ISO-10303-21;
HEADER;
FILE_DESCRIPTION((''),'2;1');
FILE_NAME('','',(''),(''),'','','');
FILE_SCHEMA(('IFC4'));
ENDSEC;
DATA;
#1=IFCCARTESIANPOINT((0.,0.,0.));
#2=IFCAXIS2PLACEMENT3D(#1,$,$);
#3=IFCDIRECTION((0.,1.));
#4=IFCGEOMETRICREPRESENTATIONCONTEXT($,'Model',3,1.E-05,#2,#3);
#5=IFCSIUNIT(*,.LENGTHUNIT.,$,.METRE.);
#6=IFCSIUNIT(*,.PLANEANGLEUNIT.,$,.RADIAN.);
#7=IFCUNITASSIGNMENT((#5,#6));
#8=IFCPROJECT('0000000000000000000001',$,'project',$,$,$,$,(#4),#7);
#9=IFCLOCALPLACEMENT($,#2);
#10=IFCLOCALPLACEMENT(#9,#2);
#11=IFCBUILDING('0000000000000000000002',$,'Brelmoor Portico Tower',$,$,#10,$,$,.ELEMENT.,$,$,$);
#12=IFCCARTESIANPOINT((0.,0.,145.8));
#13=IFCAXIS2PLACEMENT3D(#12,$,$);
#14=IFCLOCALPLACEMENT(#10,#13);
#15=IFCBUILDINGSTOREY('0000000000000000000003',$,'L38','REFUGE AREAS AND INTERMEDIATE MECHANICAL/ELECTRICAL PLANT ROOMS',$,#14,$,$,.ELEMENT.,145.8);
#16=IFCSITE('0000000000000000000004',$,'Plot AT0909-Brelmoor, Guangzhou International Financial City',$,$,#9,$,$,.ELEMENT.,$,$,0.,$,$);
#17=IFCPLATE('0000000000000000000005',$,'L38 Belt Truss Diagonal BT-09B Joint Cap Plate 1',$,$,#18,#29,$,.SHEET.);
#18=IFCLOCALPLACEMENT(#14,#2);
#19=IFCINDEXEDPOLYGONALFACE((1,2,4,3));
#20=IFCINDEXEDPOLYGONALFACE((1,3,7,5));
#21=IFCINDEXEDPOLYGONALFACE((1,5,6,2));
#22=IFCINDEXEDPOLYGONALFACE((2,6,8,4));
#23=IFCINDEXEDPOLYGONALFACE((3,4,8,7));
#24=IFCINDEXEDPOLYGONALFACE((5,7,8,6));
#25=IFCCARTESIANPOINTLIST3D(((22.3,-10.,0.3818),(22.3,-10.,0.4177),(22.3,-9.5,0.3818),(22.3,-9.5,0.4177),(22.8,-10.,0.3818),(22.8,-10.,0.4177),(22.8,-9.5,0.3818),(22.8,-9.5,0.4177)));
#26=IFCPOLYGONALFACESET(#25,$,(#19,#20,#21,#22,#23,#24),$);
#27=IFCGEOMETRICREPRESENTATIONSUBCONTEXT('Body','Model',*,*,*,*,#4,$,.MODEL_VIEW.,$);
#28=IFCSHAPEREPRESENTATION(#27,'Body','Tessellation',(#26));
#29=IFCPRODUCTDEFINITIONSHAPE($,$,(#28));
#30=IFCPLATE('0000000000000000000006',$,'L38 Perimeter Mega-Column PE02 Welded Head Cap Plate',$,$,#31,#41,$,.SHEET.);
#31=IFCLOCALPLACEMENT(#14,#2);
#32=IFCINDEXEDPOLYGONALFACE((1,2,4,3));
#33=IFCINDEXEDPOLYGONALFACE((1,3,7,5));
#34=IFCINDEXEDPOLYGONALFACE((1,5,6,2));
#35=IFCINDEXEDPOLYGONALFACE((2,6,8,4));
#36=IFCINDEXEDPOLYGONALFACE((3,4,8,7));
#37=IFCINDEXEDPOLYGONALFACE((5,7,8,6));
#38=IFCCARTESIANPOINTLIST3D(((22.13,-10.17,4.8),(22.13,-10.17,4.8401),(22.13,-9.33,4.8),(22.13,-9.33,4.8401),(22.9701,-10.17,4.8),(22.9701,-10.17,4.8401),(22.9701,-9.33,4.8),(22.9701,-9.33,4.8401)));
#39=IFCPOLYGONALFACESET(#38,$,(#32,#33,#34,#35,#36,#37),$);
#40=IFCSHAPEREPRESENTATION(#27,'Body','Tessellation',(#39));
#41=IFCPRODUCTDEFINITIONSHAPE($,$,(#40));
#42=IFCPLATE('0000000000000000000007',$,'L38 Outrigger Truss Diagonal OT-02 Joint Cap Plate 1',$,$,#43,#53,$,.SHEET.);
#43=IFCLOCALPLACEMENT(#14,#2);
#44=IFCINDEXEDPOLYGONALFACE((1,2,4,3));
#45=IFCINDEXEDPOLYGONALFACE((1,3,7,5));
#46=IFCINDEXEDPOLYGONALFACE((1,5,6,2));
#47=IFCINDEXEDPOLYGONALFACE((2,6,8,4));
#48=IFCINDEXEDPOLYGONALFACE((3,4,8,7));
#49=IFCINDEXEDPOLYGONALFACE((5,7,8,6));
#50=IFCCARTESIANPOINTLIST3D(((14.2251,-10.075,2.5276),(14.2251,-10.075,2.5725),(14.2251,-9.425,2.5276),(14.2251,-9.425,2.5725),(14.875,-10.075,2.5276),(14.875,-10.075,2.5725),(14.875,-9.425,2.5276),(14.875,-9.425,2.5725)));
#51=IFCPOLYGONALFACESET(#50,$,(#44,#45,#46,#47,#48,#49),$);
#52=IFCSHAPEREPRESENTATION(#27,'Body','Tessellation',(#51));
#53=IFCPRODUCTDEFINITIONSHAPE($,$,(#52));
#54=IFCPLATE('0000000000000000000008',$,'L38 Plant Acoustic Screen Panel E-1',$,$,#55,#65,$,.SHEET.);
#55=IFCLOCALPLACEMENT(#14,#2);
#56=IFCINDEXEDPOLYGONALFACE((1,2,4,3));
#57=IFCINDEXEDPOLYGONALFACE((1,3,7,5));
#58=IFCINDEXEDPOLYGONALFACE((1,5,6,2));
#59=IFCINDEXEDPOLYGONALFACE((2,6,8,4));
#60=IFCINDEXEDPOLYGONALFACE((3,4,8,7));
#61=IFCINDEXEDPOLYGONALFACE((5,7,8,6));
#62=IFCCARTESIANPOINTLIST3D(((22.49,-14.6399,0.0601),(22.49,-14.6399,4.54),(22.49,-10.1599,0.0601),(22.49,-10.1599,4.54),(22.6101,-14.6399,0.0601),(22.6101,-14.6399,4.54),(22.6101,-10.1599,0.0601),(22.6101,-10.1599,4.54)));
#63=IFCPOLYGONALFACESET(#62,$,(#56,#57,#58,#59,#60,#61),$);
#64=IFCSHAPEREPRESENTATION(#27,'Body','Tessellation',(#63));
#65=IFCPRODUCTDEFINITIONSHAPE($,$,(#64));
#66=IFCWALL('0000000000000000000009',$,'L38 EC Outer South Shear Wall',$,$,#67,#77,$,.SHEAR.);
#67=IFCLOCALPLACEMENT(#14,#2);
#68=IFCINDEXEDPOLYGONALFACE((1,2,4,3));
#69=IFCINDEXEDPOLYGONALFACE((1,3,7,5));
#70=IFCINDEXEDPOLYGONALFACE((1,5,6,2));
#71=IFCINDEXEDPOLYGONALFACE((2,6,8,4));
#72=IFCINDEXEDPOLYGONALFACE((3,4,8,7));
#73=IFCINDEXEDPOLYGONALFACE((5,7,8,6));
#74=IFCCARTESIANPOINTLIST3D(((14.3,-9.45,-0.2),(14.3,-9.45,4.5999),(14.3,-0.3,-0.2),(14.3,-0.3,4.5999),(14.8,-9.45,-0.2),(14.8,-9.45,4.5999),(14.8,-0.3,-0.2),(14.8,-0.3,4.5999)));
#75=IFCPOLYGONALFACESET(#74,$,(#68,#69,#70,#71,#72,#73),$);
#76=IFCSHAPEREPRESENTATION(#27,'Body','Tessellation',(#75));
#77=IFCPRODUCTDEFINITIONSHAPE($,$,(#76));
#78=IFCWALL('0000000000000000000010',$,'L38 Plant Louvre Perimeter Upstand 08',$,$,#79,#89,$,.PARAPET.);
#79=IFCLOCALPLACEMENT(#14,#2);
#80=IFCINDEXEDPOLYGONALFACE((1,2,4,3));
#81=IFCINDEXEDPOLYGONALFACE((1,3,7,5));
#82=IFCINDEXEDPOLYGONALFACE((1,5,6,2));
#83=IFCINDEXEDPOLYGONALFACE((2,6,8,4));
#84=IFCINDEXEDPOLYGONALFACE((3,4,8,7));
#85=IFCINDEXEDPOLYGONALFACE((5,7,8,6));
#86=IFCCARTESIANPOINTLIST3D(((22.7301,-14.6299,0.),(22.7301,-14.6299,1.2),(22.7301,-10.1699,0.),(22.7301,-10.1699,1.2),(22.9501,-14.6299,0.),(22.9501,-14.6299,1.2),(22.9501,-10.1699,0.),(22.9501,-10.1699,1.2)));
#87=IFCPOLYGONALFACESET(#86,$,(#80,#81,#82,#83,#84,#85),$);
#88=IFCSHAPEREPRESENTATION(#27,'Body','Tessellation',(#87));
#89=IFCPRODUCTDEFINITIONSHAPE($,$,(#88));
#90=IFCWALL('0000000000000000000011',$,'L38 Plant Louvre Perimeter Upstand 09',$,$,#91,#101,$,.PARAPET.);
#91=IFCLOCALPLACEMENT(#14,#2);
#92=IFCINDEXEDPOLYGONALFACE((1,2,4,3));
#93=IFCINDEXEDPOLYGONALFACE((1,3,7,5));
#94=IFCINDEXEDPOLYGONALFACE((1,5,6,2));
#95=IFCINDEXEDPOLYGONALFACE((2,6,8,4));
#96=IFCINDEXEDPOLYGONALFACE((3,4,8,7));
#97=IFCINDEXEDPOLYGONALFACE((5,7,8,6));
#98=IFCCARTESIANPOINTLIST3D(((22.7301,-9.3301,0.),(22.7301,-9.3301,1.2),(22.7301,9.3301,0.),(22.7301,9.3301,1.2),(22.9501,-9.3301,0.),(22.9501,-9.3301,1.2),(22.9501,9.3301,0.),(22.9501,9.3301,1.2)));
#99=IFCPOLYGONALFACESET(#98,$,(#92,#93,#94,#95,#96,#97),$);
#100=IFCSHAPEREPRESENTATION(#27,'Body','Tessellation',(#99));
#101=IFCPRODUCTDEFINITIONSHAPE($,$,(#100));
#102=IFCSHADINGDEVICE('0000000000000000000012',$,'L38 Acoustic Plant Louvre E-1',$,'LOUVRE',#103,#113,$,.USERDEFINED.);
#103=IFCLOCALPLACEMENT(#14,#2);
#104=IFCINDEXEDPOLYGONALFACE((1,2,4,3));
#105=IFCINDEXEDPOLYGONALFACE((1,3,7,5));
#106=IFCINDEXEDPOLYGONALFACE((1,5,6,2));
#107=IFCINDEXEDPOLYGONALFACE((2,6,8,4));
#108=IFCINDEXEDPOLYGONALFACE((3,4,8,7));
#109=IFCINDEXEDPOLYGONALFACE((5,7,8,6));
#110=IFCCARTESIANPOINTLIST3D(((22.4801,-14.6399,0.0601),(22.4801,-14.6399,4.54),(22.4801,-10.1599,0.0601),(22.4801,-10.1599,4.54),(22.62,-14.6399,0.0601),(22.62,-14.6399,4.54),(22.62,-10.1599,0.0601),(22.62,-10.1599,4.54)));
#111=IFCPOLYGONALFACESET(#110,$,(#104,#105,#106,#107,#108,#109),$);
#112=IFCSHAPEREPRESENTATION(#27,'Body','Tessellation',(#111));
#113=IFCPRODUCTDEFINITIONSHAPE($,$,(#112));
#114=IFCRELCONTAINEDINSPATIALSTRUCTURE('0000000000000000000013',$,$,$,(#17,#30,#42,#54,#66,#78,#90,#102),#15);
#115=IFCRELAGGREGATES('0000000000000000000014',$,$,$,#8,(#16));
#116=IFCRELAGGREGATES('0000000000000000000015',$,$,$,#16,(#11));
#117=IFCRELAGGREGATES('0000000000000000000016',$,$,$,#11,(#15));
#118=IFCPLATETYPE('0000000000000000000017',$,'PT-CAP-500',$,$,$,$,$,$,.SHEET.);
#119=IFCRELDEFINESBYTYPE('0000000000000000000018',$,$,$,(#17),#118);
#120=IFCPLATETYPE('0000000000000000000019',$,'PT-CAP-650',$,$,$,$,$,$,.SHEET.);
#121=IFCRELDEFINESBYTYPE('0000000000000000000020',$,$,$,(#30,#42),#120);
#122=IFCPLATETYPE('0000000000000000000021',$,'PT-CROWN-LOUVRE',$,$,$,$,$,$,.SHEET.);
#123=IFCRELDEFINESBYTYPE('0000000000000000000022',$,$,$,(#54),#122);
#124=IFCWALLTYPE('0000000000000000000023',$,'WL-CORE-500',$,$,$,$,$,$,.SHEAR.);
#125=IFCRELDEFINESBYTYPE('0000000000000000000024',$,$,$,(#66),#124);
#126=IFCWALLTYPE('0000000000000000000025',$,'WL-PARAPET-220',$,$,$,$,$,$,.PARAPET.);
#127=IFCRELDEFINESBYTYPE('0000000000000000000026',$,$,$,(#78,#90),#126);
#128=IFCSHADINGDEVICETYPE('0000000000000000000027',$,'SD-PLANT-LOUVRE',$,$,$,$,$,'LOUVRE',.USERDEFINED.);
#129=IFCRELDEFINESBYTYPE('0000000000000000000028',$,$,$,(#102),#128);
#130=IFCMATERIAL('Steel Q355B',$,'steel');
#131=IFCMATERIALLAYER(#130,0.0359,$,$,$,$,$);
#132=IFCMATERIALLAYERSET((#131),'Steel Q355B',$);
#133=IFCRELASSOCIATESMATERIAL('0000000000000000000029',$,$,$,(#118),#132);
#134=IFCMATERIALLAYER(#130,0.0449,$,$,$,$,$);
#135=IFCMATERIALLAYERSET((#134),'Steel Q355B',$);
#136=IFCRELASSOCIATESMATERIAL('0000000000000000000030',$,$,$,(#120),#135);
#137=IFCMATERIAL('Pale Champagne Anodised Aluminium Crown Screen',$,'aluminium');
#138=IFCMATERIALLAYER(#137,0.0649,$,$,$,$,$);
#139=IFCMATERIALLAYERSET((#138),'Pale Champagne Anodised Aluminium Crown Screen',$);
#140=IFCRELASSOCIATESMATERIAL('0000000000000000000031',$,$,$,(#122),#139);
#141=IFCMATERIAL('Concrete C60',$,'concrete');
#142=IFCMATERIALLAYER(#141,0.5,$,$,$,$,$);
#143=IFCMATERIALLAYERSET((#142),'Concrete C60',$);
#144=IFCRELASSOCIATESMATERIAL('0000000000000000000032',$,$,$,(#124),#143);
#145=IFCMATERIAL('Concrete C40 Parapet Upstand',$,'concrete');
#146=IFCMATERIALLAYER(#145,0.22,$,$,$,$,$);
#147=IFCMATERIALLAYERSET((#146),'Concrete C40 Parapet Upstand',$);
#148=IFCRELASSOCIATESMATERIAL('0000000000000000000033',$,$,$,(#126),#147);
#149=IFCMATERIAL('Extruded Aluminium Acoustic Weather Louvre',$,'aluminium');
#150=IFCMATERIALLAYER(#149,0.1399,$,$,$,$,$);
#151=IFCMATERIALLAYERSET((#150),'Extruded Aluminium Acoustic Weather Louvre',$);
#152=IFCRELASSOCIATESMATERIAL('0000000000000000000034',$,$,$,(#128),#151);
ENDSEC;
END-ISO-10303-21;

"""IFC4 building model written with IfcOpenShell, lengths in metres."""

from ifc_helpers import new_model, si_unit, direction, frame, frame_2d, origin, origin_2d, place, context, subcontext, project, spatial, rectangle, extrude, material, layer, layer_set, type_object, element, save


model = new_model("IFC4")

# Units and contexts
model_context = context("Model", 3, precision=1e-05, world=origin(), true_north=direction((0.0, 1.0)))
body_context = subcontext(model_context, "Body", "Model", "MODEL_VIEW")
ifc_project = project(units=[si_unit("LENGTHUNIT", "METRE"), si_unit("PLANEANGLEUNIT", "RADIAN")], contexts=[model_context])

# Site, building, storey
site_placement = place(None, origin())
site = spatial("IfcSite", under=ifc_project, at=site_placement, Name="Plot AT0909-Brelmoor, Guangzhou International Financial City", CompositionType="ELEMENT", RefElevation=0.0)
building_placement = place(site_placement, origin())
building = spatial("IfcBuilding", under=site, at=building_placement, Name="Brelmoor Portico Tower", CompositionType="ELEMENT")
storey_placement = place(building_placement, frame((0.0, 0.0, 145.8)))
storey = spatial("IfcBuildingStorey", under=building, at=storey_placement, Name="L38", Description="REFUGE AREAS AND INTERMEDIATE MECHANICAL/ELECTRICAL PLANT ROOMS", CompositionType="ELEMENT", Elevation=145.8)

# Shared definitions
ifc_material_1 = material(Name="Steel Q355B", Category="steel")

# Plates
ifc_layer_1 = layer(ifc_material_1, 0.0359)
ifc_layer_set_1 = layer_set([ifc_layer_1], Name="Steel Q355B")
plate_type_1 = type_object("IfcPlateType", Name="PT-CAP-500", PredefinedType="SHEET", material=ifc_layer_set_1)
for number, where, z_axis, x_axis, name in (
    (1, (22.55, -9.75, 0.3818), (0.0, 0.0, 1.0), (1.0, 0.0, 0.0), "L38 Belt Truss Diagonal BT-09B Joint Cap Plate 1"),
):
    element("IfcPlate", number, at=place(storey_placement, frame(where, z_axis=z_axis, x_axis=x_axis)), inside=storey, type_object=plate_type_1, Name=name, PredefinedType="SHEET", context=body_context, shape_type="SweptSolid", body=[
        extrude(rectangle(XDim=0.5, YDim=0.5, at=origin_2d()), origin(), (0.0, 0.0, 1.0), 0.0359),
    ])
ifc_layer_2 = layer(ifc_material_1, 0.0449)
ifc_layer_set_2 = layer_set([ifc_layer_2], Name="Steel Q355B")
plate_type_2 = type_object("IfcPlateType", Name="PT-CAP-650", PredefinedType="SHEET", material=ifc_layer_set_2)
plate_1_placement = place(storey_placement, frame((22.55, -9.75, 4.8), z_axis=(0.0, 0.0, 1.0), x_axis=(0.0, 1.0, 0.0)))
element("IfcPlate", 2, at=plate_1_placement, inside=storey, type_object=plate_type_2, Name="L38 Perimeter Mega-Column PE02 Welded Head Cap Plate", PredefinedType="SHEET", context=body_context, shape_type="SweptSolid", body=[
    extrude(rectangle(XDim=0.8401, YDim=0.8401, at=origin_2d()), origin(), (0.0, 0.0, 1.0), 0.04),
])
plate_2_placement = place(storey_placement, frame((14.55, -9.75, 2.5276), z_axis=(0.0, 0.0, 1.0), x_axis=(1.0, 0.0, 0.0)))
element("IfcPlate", 3, at=plate_2_placement, inside=storey, type_object=plate_type_2, Name="L38 Outrigger Truss Diagonal OT-02 Joint Cap Plate 1", PredefinedType="SHEET", context=body_context, shape_type="SweptSolid", body=[
    extrude(rectangle(XDim=0.6499, YDim=0.6499, at=origin_2d()), origin(), (0.0, 0.0, 1.0), 0.0449),
])
ifc_material_2 = material(Name="Pale Champagne Anodised Aluminium Crown Screen", Category="aluminium")
ifc_layer_3 = layer(ifc_material_2, 0.0649)
ifc_layer_set_3 = layer_set([ifc_layer_3], Name="Pale Champagne Anodised Aluminium Crown Screen")
plate_type_3 = type_object("IfcPlateType", Name="PT-CROWN-LOUVRE", PredefinedType="SHEET", material=ifc_layer_set_3)
plate_3_placement = place(storey_placement, frame((22.55, -12.3999, 0.0601), z_axis=(0.0, 0.0, 1.0), x_axis=(0.0, 1.0, 0.0)))
element("IfcPlate", 4, at=plate_3_placement, inside=storey, type_object=plate_type_3, Name="L38 Plant Acoustic Screen Panel E-1", PredefinedType="SHEET", context=body_context, shape_type="SweptSolid", body=[
    extrude(rectangle(XDim=4.48, YDim=0.1201, at=origin_2d()), origin(), (0.0, 0.0, 1.0), 4.48),
])

# Walls
ifc_material_3 = material(Name="Concrete C60", Category="concrete")
ifc_layer_4 = layer(ifc_material_3, 0.5)
ifc_layer_set_4 = layer_set([ifc_layer_4], Name="Concrete C60")
wall_type_1 = type_object("IfcWallType", Name="WL-CORE-500", PredefinedType="SHEAR", material=ifc_layer_set_4)
wall_1_placement = place(storey_placement, frame((14.55, -9.45, -0.2), z_axis=(0.0, 0.0, 1.0), x_axis=(0.0, 1.0, 0.0)))
element("IfcWall", 5, at=wall_1_placement, inside=storey, type_object=wall_type_1, Name="L38 EC Outer South Shear Wall", PredefinedType="SHEAR", context=body_context, shape_type="SweptSolid", body=[
    extrude(rectangle(XDim=9.1499, YDim=0.5, at=frame_2d((4.575, 0.0))), origin(), (0.0, 0.0, 1.0), 4.7998),
])
ifc_material_4 = material(Name="Concrete C40 Parapet Upstand", Category="concrete")
ifc_layer_5 = layer(ifc_material_4, 0.22)
ifc_layer_set_5 = layer_set([ifc_layer_5], Name="Concrete C40 Parapet Upstand")
wall_type_2 = type_object("IfcWallType", Name="WL-PARAPET-220", PredefinedType="PARAPET", material=ifc_layer_set_5)
wall_2_placement = place(storey_placement, frame((22.8401, -14.6299, 0.0), z_axis=(0.0, 0.0, 1.0), x_axis=(0.0, 1.0, 0.0)))
element("IfcWall", 6, at=wall_2_placement, inside=storey, type_object=wall_type_2, Name="L38 Plant Louvre Perimeter Upstand 08", PredefinedType="PARAPET", context=body_context, shape_type="SweptSolid", body=[
    extrude(rectangle(XDim=4.46, YDim=0.22, at=frame_2d((2.23, 0.0))), origin(), (0.0, 0.0, 1.0), 1.2),
])
wall_3_placement = place(storey_placement, frame((22.8401, -9.3301, 0.0), z_axis=(0.0, 0.0, 1.0), x_axis=(0.0, 1.0, 0.0)))
element("IfcWall", 7, at=wall_3_placement, inside=storey, type_object=wall_type_2, Name="L38 Plant Louvre Perimeter Upstand 09", PredefinedType="PARAPET", context=body_context, shape_type="SweptSolid", body=[
    extrude(rectangle(XDim=18.6602, YDim=0.22, at=frame_2d((9.3301, 0.0))), origin(), (0.0, 0.0, 1.0), 1.2),
])

# Shading device
ifc_material_5 = material(Name="Extruded Aluminium Acoustic Weather Louvre", Category="aluminium")
ifc_layer_6 = layer(ifc_material_5, 0.1399)
ifc_layer_set_6 = layer_set([ifc_layer_6], Name="Extruded Aluminium Acoustic Weather Louvre")
shading_device_type = type_object("IfcShadingDeviceType", Name="SD-PLANT-LOUVRE", ElementType="LOUVRE", PredefinedType="USERDEFINED", material=ifc_layer_set_6)
shading_device_placement = place(storey_placement, frame((22.55, -12.3999, 0.0601), z_axis=(0.0, 0.0, 1.0), x_axis=(0.0, 1.0, 0.0)))
element("IfcShadingDevice", 8, at=shading_device_placement, inside=storey, type_object=shading_device_type, Name="L38 Acoustic Plant Louvre E-1", ObjectType="LOUVRE", PredefinedType="USERDEFINED", context=body_context, shape_type="SweptSolid", body=[
    extrude(rectangle(XDim=4.48, YDim=0.1399, at=origin_2d()), origin(), (0.0, 0.0, 1.0), 4.48),
])

save(model, "model.ifc")
